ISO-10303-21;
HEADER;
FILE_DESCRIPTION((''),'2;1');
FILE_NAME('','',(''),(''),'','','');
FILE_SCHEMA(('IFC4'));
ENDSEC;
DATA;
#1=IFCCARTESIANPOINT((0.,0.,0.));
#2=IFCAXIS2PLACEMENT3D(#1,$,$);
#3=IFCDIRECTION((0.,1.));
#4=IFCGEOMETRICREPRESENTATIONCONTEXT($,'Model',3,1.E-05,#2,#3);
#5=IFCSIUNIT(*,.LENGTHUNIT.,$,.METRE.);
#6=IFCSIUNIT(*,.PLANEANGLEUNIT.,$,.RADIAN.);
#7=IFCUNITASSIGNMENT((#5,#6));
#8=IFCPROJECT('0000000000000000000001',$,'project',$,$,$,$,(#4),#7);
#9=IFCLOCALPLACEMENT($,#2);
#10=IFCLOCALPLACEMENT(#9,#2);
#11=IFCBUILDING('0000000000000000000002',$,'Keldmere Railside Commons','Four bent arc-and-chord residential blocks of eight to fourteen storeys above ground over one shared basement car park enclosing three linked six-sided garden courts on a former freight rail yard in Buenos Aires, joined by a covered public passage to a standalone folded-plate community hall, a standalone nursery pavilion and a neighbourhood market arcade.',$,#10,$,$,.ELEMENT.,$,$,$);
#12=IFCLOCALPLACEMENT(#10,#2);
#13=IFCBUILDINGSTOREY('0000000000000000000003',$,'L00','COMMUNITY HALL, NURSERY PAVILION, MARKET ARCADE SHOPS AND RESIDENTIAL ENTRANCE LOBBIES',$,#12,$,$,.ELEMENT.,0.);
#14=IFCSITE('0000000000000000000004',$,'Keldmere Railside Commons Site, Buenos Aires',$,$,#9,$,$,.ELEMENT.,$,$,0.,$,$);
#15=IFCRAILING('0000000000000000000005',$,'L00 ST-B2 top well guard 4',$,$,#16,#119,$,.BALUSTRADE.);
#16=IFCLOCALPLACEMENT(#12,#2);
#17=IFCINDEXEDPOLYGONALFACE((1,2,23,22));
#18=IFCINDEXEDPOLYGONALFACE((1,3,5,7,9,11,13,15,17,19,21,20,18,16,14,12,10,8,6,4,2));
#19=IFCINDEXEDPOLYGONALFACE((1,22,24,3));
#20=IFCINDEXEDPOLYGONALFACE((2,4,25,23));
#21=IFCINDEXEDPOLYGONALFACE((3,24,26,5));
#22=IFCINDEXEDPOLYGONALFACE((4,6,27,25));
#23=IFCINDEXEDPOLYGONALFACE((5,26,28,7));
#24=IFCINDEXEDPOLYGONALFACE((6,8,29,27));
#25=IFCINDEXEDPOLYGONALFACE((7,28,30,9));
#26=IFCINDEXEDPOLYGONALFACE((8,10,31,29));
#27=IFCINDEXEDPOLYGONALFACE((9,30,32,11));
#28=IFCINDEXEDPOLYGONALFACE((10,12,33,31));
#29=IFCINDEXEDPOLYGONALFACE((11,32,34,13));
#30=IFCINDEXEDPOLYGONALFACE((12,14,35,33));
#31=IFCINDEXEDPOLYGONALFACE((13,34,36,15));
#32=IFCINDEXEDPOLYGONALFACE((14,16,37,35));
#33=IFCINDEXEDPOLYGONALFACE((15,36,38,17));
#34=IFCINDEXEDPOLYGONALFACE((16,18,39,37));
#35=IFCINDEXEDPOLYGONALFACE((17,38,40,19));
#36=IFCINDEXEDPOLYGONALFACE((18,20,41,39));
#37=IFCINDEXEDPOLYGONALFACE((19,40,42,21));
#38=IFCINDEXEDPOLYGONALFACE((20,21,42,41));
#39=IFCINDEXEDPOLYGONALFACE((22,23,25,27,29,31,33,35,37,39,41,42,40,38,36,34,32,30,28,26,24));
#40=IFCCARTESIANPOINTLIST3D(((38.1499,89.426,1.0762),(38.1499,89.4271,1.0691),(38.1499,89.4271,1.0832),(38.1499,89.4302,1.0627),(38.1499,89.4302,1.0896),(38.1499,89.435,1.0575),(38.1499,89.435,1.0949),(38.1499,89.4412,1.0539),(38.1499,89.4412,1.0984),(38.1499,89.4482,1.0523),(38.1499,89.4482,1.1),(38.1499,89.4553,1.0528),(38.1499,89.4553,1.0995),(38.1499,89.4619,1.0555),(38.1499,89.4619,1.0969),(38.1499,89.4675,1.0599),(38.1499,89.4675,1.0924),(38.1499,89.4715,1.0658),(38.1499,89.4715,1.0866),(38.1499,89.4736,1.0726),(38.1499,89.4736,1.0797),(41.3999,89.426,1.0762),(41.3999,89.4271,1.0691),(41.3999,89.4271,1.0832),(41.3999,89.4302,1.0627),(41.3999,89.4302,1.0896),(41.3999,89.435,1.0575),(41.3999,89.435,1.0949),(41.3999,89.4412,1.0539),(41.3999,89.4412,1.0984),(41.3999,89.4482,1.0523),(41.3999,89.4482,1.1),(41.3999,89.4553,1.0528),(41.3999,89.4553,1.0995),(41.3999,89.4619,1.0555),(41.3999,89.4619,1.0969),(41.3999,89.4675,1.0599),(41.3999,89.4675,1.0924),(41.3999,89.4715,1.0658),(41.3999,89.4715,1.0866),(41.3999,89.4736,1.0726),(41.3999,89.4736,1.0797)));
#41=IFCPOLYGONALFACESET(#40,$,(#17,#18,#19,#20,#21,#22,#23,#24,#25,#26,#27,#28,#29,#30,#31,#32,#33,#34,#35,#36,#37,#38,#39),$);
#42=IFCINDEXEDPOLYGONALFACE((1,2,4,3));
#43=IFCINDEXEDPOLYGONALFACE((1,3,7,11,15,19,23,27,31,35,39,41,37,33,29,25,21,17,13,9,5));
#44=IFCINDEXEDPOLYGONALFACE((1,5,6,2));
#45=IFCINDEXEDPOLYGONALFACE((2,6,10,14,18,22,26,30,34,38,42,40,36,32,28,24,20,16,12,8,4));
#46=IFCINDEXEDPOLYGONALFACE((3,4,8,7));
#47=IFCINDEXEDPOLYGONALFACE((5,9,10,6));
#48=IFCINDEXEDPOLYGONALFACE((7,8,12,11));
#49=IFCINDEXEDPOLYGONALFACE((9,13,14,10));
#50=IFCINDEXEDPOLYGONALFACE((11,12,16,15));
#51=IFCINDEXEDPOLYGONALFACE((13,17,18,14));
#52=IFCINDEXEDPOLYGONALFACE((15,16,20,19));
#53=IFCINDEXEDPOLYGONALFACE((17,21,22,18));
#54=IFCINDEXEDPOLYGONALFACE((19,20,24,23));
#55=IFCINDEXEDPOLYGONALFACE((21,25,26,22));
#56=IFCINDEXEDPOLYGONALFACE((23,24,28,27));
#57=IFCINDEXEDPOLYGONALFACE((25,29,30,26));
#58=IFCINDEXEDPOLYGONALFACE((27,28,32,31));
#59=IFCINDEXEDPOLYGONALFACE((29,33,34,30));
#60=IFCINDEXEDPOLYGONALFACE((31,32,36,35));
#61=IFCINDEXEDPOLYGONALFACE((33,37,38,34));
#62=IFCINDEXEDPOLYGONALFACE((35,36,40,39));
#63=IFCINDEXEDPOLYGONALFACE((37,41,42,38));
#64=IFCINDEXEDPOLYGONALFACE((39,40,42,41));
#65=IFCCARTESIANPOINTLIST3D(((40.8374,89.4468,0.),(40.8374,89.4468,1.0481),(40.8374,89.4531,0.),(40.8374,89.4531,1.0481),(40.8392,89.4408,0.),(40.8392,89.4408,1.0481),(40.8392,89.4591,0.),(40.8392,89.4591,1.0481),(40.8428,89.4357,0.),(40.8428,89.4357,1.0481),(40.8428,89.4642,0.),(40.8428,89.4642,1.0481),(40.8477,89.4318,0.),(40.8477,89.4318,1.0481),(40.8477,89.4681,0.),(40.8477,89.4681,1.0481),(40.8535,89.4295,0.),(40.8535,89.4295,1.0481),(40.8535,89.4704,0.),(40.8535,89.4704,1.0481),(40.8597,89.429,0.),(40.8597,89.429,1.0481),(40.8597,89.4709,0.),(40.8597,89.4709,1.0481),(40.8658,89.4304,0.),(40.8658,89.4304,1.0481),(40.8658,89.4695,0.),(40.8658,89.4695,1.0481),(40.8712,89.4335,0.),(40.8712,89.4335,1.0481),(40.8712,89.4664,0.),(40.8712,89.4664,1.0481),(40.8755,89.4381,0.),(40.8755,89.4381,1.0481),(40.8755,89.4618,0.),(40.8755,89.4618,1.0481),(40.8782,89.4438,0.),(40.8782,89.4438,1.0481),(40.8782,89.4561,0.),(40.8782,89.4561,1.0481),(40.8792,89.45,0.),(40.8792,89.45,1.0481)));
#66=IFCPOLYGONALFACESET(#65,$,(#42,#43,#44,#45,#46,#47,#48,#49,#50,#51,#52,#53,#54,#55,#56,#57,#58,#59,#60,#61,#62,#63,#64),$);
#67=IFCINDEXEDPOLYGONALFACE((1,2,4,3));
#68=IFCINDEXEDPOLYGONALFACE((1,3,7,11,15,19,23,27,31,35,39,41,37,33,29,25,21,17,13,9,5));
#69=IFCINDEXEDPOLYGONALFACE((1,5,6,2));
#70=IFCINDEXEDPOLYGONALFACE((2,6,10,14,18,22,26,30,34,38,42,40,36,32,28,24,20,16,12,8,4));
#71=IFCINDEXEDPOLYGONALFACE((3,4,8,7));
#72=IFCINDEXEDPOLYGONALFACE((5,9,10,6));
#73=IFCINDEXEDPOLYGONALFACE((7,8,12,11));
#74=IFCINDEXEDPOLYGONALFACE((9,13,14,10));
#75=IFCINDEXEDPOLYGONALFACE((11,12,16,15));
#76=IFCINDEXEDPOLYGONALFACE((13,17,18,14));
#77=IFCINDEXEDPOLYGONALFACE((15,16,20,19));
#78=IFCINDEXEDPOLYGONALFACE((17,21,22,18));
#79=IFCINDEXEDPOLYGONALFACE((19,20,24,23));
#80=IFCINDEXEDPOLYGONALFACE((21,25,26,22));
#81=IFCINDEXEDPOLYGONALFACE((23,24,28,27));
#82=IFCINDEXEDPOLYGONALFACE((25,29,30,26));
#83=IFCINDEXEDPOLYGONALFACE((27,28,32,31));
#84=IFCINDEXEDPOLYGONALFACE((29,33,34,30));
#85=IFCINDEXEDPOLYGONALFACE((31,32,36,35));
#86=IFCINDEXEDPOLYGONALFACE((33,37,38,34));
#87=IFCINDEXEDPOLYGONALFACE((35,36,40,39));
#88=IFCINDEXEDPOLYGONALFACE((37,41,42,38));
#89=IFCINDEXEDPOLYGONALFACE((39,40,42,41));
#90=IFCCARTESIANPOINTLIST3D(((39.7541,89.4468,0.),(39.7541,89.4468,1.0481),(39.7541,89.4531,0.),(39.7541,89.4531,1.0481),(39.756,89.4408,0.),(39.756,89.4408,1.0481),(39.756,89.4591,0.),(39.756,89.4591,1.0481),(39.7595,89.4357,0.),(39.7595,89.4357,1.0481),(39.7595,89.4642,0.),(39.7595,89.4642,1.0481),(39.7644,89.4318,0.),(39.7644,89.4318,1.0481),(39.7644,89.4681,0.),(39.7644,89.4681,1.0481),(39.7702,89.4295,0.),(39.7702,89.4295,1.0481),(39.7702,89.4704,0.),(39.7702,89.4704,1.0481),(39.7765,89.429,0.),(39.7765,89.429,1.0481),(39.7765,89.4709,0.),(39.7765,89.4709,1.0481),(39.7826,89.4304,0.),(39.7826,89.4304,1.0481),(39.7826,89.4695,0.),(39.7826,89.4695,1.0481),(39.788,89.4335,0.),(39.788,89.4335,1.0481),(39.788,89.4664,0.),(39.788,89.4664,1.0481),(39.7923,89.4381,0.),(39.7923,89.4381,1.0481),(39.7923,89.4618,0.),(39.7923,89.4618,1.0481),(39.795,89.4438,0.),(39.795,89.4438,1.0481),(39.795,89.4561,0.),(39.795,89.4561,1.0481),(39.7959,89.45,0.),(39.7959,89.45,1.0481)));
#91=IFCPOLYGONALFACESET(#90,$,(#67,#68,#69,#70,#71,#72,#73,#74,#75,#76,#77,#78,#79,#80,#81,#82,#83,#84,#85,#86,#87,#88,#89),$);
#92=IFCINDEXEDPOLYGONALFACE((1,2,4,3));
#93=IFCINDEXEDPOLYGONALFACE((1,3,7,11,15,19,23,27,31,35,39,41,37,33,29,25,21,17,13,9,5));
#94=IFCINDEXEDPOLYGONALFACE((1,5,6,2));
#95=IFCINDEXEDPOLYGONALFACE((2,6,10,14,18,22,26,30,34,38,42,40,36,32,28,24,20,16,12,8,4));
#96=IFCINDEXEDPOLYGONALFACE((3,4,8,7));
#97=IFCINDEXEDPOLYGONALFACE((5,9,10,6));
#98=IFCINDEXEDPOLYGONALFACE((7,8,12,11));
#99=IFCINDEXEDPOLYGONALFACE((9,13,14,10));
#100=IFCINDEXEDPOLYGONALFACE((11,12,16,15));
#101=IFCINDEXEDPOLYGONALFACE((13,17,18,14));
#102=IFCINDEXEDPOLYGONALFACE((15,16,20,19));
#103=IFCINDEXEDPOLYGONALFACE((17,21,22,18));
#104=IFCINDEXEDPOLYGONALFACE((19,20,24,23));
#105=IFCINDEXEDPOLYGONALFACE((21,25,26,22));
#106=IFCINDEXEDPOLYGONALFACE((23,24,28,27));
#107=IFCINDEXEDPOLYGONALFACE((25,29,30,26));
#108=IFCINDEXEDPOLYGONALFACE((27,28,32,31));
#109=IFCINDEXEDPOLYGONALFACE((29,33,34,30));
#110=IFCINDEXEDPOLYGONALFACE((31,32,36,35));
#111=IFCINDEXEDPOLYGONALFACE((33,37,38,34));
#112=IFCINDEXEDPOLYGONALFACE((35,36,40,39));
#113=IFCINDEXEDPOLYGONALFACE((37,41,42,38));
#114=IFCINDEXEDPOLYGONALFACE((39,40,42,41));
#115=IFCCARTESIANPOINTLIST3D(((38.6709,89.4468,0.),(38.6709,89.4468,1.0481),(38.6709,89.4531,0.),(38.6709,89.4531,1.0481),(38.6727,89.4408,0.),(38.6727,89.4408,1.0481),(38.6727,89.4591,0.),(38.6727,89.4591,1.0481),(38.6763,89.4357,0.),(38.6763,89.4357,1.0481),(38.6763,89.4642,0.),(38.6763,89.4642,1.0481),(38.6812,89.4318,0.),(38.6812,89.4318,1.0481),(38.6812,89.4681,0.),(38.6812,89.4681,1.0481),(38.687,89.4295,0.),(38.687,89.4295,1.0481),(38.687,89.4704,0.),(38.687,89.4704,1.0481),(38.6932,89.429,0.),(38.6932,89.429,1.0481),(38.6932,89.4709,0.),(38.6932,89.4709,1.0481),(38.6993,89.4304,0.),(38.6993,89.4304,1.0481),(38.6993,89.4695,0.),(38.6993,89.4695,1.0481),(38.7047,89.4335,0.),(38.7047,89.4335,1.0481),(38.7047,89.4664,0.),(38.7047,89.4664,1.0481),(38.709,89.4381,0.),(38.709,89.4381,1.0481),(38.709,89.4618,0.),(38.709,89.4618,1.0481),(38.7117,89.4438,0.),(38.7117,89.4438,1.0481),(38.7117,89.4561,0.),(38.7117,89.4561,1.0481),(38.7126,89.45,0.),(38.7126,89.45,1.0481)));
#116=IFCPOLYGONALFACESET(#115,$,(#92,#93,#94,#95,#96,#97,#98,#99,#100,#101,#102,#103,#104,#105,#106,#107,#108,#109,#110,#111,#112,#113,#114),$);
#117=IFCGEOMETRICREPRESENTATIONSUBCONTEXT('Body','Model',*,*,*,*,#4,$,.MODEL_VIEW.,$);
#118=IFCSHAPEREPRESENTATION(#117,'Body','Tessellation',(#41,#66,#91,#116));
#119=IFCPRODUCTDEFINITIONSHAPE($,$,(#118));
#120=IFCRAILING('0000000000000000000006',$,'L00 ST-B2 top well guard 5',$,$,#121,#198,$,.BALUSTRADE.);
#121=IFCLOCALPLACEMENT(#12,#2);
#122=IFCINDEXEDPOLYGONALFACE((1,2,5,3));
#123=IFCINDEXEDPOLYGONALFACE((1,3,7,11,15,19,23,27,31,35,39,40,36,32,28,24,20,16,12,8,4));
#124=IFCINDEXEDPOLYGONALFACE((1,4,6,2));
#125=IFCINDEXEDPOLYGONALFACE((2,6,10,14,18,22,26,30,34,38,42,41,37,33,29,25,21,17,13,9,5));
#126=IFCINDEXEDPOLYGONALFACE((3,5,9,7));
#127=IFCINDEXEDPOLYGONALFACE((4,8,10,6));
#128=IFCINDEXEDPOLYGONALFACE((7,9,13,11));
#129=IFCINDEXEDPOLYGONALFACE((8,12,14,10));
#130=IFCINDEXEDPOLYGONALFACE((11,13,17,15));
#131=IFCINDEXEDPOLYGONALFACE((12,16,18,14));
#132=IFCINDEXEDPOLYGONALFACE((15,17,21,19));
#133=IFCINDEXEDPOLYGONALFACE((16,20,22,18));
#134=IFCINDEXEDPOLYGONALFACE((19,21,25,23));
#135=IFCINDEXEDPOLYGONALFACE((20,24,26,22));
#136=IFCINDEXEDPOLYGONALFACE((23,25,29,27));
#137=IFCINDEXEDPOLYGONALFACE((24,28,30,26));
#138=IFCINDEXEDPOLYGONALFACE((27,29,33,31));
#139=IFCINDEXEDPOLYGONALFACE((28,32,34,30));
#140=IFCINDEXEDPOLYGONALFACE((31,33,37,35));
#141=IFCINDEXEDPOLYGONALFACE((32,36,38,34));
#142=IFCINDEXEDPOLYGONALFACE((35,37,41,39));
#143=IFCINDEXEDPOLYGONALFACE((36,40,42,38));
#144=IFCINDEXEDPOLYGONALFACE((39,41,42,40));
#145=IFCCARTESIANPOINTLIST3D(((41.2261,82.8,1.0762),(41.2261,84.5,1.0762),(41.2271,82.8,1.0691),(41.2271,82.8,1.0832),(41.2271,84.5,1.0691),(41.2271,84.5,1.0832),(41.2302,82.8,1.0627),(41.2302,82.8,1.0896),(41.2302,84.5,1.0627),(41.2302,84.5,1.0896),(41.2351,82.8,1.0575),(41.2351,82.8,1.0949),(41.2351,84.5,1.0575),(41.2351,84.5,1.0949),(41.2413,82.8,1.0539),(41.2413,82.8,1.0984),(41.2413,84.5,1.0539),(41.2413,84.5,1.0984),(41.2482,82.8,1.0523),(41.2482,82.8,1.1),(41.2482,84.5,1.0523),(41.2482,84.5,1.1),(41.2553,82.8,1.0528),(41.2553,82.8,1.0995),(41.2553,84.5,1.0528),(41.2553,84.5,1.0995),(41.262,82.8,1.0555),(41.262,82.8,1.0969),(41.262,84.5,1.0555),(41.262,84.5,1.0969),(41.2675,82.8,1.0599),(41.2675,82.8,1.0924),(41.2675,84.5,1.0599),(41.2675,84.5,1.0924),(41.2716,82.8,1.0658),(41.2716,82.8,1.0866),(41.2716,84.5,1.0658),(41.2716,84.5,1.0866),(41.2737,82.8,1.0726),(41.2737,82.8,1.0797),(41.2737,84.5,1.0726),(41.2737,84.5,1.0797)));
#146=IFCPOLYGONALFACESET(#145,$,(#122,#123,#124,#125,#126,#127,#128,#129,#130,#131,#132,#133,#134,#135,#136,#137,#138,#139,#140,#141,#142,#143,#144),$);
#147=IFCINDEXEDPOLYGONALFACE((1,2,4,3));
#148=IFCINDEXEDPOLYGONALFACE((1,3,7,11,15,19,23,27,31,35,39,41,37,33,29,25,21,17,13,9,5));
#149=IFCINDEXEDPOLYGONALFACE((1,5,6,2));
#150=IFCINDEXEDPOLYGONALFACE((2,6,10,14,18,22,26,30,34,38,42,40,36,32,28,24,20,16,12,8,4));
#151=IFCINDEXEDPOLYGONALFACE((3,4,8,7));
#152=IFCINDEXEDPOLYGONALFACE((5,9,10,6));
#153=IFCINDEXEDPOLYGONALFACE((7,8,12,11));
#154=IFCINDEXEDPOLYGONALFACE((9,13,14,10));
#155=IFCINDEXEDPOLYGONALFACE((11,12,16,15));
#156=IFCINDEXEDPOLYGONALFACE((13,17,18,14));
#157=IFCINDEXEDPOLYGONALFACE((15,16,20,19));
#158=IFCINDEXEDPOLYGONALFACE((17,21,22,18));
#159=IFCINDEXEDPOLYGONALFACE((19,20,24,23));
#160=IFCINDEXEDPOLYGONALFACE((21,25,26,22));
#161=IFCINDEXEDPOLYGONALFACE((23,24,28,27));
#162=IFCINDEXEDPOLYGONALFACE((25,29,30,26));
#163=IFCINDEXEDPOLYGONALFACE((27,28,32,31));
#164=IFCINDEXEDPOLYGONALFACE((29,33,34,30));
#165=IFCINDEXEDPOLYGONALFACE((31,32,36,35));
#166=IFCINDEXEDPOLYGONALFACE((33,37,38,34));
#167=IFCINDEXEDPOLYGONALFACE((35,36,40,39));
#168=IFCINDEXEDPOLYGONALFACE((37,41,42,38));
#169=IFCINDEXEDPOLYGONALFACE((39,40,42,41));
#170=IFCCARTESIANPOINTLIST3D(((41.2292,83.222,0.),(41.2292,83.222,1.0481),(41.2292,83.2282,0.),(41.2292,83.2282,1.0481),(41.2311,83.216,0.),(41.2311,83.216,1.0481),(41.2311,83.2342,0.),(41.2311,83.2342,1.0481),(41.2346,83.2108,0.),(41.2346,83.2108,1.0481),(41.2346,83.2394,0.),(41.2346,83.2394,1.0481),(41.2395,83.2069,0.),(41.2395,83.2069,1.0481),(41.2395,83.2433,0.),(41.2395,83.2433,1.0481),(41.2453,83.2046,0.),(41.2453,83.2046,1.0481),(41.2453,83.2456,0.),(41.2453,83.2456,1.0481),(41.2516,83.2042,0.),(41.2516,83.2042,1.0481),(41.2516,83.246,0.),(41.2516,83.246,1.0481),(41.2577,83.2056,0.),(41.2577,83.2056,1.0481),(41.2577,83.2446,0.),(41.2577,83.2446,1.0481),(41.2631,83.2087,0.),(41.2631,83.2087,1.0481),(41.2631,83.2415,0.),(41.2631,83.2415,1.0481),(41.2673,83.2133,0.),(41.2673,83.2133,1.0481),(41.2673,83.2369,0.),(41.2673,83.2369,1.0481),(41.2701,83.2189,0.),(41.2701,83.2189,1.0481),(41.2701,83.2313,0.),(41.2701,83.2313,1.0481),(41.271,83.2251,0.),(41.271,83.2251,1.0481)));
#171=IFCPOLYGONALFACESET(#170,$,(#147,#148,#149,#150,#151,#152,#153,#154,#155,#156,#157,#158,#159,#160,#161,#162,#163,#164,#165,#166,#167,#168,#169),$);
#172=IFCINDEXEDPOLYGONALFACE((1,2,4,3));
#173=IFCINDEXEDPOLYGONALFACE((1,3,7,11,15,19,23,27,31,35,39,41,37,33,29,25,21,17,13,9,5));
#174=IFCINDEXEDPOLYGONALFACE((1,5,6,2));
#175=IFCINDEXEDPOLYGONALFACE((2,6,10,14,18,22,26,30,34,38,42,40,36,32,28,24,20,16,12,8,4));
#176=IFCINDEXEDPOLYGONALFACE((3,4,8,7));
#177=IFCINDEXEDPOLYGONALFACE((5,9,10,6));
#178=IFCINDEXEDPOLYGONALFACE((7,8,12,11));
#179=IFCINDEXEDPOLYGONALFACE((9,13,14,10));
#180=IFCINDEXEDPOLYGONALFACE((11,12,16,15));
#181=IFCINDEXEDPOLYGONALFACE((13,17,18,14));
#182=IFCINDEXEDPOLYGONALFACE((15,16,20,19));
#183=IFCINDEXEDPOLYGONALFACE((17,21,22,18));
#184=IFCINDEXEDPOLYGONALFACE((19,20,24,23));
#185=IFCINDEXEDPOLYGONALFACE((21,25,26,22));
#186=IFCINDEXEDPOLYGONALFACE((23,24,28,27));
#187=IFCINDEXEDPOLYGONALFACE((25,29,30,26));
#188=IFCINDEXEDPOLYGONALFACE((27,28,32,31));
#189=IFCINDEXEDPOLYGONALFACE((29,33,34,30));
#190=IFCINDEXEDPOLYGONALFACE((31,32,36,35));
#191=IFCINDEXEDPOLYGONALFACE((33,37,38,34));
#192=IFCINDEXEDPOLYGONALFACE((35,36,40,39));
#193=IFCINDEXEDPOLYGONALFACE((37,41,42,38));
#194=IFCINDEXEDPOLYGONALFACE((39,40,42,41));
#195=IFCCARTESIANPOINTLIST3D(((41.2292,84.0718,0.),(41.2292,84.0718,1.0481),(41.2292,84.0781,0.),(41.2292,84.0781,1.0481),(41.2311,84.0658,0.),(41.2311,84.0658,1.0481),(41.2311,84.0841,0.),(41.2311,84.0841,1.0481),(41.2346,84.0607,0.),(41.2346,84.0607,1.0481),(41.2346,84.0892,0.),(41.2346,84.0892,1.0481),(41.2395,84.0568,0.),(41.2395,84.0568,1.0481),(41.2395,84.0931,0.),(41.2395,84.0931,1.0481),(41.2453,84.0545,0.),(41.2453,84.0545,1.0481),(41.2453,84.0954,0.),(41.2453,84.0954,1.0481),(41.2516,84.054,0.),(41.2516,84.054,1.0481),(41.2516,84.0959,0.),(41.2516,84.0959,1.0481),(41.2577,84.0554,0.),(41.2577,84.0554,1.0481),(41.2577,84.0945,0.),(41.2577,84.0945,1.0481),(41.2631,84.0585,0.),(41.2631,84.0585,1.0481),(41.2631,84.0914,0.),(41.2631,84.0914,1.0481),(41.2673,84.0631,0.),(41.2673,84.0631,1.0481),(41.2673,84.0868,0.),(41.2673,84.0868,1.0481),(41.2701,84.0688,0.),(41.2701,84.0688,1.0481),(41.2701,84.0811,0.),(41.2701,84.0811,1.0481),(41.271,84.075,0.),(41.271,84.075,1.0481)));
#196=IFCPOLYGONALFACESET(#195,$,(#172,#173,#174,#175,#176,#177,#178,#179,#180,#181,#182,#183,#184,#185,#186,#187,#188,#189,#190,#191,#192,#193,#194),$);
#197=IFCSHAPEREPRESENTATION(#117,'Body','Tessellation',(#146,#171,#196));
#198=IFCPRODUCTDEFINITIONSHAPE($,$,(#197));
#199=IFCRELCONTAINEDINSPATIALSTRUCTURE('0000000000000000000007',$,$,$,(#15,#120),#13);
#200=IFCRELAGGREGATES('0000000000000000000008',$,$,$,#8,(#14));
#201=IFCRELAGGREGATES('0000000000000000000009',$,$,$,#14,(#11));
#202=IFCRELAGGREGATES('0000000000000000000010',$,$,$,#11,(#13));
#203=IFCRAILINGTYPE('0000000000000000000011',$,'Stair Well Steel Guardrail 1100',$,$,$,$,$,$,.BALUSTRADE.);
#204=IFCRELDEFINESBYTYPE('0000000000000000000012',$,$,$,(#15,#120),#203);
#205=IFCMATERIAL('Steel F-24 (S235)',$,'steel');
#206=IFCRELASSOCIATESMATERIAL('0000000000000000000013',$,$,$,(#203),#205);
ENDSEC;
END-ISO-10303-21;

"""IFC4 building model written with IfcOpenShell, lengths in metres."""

from ifc_helpers import new_model, si_unit, direction, frame, origin, origin_2d, place, context, subcontext, project, spatial, circle, extrude, material, type_object, element, save


model = new_model("IFC4")

# Units and contexts
model_context = context("Model", 3, precision=1e-05, world=origin(), true_north=direction((0.0, 1.0)))
body_context = subcontext(model_context, "Body", "Model", "MODEL_VIEW")
ifc_project = project(units=[si_unit("LENGTHUNIT", "METRE"), si_unit("PLANEANGLEUNIT", "RADIAN")], contexts=[model_context])

# Site, building, storey
site_placement = place(None, origin())
site = spatial("IfcSite", under=ifc_project, at=site_placement, Name="Keldmere Railside Commons Site, Buenos Aires", CompositionType="ELEMENT", RefElevation=0.0)
building_placement = place(site_placement, origin())
building = spatial("IfcBuilding", under=site, at=building_placement, Name="Keldmere Railside Commons", Description="Four bent arc-and-chord residential blocks of eight to fourteen storeys above ground over one shared basement car park enclosing three linked six-sided garden courts on a former freight rail yard in Buenos Aires, joined by a covered public passage to a standalone folded-plate community hall, a standalone nursery pavilion and a neighbourhood market arcade.", CompositionType="ELEMENT")
storey_placement = place(building_placement, origin())
storey = spatial("IfcBuildingStorey", under=building, at=storey_placement, Name="L00", Description="COMMUNITY HALL, NURSERY PAVILION, MARKET ARCADE SHOPS AND RESIDENTIAL ENTRANCE LOBBIES", CompositionType="ELEMENT", Elevation=0.0)

# Shared definitions
ifc_material_1 = material(Name="Steel F-24 (S235)", Category="steel")

# Railings
railing_type = type_object("IfcRailingType", Name="Stair Well Steel Guardrail 1100", PredefinedType="BALUSTRADE", material=ifc_material_1)
railing_1_placement = place(storey_placement, frame((41.3999, 89.45, 0.0)))
element("IfcRailing", 1, at=railing_1_placement, inside=storey, type_object=railing_type, Name="L00 ST-B2 top well guard 4", PredefinedType="BALUSTRADE", context=body_context, shape_type="SweptSolid", body=[
    extrude(circle(Radius=0.0239, at=origin_2d()), frame((0.0, 0.0, 1.0762), z_axis=(-1.0, 0.0, 0.0), x_axis=(0.0, -1.0, 0.0)), (0.0, 0.0, 1.0), 3.25),
    extrude(circle(Radius=0.021, at=origin_2d()), frame((-0.5417, 0.0, 0.0)), (0.0, 0.0, 1.0), 1.0481),
    extrude(circle(Radius=0.021, at=origin_2d()), frame((-1.625, 0.0, 0.0)), (0.0, 0.0, 1.0), 1.0481),
    extrude(circle(Radius=0.021, at=origin_2d()), frame((-2.7083, 0.0, 0.0)), (0.0, 0.0, 1.0), 1.0481),
])
for number, where, name in (
    (2, (41.25, 82.8, 0.0), "L00 ST-B2 top well guard 5"),
):
    element("IfcRailing", number, at=place(storey_placement, frame(where)), inside=storey, type_object=railing_type, Name=name, PredefinedType="BALUSTRADE", context=body_context, shape_type="SweptSolid", body=[
        extrude(circle(Radius=0.0239, at=origin_2d()), frame((0.0, 0.0, 1.0762), z_axis=(0.0, 1.0, 0.0), x_axis=(-1.0, 0.0, 0.0)), (0.0, 0.0, 1.0), 1.7),
        extrude(circle(Radius=0.021, at=origin_2d()), frame((0.0, 0.425, 0.0)), (0.0, 0.0, 1.0), 1.0481),
        extrude(circle(Radius=0.021, at=origin_2d()), frame((0.0, 1.2749, 0.0)), (0.0, 0.0, 1.0), 1.0481),
    ])

save(model, "model.ifc")
